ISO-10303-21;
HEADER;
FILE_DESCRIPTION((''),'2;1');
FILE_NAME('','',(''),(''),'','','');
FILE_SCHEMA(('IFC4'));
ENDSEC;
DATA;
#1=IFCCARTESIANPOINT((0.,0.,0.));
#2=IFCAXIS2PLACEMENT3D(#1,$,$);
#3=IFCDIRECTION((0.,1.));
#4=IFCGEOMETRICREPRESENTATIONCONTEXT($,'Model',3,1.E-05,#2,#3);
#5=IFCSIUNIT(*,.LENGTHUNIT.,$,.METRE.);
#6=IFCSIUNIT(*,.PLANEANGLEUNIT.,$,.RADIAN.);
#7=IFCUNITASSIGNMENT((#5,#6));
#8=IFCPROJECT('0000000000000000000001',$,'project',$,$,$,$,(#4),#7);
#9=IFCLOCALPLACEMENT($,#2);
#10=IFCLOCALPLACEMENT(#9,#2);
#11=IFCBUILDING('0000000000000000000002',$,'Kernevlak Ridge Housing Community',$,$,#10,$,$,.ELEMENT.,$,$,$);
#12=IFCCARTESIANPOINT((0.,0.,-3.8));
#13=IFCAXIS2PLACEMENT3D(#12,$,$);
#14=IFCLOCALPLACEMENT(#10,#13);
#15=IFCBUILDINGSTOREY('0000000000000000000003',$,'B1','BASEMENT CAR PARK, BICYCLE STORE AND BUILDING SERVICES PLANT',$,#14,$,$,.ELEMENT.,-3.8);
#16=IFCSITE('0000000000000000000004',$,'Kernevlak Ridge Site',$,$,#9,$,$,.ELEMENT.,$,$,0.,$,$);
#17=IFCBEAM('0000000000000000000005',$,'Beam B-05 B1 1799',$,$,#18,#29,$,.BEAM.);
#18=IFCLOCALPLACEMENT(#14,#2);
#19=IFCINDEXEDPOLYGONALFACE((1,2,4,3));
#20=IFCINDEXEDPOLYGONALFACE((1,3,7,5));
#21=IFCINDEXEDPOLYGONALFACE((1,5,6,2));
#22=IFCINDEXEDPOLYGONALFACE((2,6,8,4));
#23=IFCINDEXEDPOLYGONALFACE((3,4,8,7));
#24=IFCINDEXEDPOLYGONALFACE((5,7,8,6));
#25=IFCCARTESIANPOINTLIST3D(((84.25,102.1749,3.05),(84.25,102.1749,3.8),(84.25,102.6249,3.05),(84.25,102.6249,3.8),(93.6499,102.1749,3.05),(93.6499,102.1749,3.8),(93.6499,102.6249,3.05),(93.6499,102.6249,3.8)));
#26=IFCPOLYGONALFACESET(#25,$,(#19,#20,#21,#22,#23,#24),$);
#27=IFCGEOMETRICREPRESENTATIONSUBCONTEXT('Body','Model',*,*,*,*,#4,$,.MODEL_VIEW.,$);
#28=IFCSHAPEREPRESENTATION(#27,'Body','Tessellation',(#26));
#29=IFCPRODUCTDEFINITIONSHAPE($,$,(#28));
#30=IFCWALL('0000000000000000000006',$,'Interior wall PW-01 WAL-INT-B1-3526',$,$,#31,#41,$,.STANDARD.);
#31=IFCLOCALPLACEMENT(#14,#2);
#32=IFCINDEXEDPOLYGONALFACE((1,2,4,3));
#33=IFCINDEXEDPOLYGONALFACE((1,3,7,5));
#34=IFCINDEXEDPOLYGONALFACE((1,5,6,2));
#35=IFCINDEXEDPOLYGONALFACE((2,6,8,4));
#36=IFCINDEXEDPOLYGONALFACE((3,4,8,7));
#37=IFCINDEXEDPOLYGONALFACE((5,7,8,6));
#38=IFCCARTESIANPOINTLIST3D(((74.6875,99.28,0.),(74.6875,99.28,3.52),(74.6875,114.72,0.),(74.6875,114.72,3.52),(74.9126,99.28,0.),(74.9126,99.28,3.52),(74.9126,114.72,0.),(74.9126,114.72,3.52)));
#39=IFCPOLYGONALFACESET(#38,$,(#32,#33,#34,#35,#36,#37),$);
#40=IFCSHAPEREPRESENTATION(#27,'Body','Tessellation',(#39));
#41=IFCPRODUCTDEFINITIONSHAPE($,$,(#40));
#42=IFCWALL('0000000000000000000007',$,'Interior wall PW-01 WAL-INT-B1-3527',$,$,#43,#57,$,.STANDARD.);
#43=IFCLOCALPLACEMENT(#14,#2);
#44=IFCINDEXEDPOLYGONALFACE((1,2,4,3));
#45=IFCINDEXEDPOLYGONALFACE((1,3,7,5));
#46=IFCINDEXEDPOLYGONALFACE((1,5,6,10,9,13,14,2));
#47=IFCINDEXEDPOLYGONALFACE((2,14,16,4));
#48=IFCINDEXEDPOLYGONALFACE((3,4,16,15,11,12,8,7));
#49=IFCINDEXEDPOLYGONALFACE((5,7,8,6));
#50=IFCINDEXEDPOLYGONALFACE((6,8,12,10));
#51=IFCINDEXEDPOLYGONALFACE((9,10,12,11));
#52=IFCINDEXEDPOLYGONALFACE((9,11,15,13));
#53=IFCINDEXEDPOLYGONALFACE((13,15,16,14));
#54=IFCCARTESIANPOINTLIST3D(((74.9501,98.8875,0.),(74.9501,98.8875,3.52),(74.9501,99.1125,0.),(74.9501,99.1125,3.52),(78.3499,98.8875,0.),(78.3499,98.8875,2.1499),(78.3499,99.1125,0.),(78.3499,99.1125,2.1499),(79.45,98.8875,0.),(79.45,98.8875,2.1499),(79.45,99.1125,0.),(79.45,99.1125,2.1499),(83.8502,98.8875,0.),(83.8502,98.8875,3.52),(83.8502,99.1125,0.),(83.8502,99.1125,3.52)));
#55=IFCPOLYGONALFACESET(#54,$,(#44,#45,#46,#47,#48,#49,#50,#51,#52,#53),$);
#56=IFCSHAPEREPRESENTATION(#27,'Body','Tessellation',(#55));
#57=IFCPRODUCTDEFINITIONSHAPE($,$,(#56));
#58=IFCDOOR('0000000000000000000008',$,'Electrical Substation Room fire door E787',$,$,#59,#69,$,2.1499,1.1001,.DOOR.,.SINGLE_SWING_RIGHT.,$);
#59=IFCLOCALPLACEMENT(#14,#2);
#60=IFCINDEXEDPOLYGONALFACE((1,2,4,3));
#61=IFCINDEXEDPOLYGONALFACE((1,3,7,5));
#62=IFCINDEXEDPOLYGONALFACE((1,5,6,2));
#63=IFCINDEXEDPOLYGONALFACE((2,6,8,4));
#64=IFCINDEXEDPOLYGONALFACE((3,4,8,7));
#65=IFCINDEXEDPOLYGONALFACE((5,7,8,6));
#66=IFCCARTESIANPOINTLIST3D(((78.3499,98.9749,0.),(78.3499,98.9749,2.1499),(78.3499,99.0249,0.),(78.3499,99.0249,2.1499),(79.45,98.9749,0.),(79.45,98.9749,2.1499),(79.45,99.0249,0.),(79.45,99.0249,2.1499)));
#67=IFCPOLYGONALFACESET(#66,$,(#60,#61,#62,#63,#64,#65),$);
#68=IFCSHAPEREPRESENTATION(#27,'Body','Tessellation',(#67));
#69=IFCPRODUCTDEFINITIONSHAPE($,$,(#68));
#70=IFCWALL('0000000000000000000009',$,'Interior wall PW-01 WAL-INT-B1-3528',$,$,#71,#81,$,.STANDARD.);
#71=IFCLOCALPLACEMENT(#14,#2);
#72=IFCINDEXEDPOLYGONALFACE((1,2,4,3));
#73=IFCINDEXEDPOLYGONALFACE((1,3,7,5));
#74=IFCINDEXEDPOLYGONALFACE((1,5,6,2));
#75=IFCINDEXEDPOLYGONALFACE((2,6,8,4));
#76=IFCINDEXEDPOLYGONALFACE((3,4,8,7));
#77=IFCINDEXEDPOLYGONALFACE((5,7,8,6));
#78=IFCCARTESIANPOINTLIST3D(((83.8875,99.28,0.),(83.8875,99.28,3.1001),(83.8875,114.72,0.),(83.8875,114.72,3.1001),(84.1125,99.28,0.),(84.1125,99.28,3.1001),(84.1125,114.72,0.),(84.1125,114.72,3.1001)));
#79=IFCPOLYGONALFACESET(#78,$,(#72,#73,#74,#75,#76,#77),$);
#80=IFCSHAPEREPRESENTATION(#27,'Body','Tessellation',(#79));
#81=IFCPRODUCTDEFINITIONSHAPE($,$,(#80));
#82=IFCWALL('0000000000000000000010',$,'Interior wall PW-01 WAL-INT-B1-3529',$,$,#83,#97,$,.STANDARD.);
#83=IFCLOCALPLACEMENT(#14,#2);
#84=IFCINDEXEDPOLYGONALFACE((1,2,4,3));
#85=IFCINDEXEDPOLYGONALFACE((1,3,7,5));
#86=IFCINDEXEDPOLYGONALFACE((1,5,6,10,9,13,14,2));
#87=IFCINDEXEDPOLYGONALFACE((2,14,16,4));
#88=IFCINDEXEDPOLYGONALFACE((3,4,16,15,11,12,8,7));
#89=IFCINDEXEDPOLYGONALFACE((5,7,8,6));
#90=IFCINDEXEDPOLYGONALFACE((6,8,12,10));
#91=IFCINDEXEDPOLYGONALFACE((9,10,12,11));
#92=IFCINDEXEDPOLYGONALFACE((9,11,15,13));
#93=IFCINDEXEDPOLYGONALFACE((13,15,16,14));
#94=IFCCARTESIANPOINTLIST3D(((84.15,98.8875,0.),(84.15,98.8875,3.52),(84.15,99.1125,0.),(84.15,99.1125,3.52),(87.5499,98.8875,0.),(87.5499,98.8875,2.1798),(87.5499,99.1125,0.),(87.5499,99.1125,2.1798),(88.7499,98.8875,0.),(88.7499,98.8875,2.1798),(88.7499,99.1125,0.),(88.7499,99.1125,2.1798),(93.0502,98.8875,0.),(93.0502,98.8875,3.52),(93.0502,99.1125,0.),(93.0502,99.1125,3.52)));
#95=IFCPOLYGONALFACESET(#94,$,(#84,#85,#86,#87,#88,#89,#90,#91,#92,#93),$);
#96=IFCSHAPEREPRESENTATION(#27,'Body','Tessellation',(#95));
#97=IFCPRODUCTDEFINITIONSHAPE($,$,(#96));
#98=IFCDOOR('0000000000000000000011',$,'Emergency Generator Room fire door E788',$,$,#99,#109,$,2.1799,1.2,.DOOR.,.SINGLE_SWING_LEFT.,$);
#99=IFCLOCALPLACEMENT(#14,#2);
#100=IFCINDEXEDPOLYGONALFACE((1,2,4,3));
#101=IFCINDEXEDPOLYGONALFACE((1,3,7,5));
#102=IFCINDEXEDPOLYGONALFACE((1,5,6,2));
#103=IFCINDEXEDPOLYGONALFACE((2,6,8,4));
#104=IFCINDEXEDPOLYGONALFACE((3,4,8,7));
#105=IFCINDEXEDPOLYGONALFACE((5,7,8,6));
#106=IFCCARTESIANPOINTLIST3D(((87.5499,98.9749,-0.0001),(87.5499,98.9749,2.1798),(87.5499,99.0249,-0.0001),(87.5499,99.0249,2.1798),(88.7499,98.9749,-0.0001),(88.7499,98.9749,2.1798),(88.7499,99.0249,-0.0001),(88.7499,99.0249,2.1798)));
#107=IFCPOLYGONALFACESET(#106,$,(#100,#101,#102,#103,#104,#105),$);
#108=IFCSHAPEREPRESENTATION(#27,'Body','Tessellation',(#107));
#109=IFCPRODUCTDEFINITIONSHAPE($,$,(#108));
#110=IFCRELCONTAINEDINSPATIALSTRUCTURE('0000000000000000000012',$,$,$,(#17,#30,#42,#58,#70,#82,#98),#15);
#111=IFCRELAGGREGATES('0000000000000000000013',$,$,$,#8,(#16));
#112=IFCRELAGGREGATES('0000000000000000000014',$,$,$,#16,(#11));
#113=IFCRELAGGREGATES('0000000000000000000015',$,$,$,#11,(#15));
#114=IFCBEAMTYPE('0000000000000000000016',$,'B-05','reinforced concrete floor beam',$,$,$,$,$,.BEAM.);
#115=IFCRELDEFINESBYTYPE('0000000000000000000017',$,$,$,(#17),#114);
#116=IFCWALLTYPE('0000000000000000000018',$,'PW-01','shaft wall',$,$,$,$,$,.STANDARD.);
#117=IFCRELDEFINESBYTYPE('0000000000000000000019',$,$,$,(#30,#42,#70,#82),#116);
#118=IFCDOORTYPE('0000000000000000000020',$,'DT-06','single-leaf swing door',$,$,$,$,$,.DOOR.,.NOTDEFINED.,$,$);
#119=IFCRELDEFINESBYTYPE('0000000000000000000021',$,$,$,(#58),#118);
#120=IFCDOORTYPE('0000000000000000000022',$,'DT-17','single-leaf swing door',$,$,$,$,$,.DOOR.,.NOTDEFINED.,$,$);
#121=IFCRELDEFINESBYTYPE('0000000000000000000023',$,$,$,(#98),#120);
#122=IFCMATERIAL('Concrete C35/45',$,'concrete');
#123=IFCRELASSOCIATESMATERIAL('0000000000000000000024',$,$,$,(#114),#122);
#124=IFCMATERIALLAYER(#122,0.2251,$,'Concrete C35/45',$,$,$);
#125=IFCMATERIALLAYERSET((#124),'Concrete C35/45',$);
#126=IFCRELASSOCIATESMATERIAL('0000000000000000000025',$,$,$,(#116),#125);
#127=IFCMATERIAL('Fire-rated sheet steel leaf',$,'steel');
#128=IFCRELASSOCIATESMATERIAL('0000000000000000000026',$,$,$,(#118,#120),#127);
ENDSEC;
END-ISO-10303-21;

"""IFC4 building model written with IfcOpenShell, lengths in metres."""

from ifc_helpers import new_model, si_unit, direction, frame, frame_2d, origin, origin_2d, place, context, subcontext, project, spatial, rectangle, extrude, material, layer, layer_set, material_profile, profile_set, type_object, element, fill, save


model = new_model("IFC4")

# Units and contexts
model_context = context("Model", 3, precision=1e-05, world=origin(), true_north=direction((0.0, 1.0)))
body_context = subcontext(model_context, "Body", "Model", "MODEL_VIEW")
ifc_project = project(units=[si_unit("LENGTHUNIT", "METRE"), si_unit("PLANEANGLEUNIT", "RADIAN")], contexts=[model_context])

# Site, building, storey
site_placement = place(None, origin())
site = spatial("IfcSite", under=ifc_project, at=site_placement, Name="Kernevlak Ridge Site", CompositionType="ELEMENT", RefElevation=0.0)
building_placement = place(site_placement, origin())
building = spatial("IfcBuilding", under=site, at=building_placement, Name="Kernevlak Ridge Housing Community", CompositionType="ELEMENT")
storey_placement = place(building_placement, frame((0.0, 0.0, -3.8)))
storey = spatial("IfcBuildingStorey", under=building, at=storey_placement, Name="B1", Description="BASEMENT CAR PARK, BICYCLE STORE AND BUILDING SERVICES PLANT", CompositionType="ELEMENT", Elevation=-3.8)

# Shared definitions
ifc_material_1 = material(Name="Concrete C35/45", Category="concrete")

# Beam
ifc_material_profile_1 = material_profile(ifc_material_1, rectangle(XDim=0.45, YDim=0.75, at=origin_2d()), Name="RC 450x750")
ifc_profile_set_1 = profile_set([ifc_material_profile_1], Name="Concrete C35/45")
beam_type_1 = type_object("IfcBeamType", Name="B-05", Description="reinforced concrete floor beam", PredefinedType="BEAM", material=ifc_profile_set_1)
for number, where, z_axis, x_axis, name in (
    (1, (84.25, 102.3999, 3.425), (1.0, 0.0, 0.0), (0.0, 1.0, 0.0), "Beam B-05 B1 1799"),
):
    element("IfcBeam", number, at=place(storey_placement, frame(where, z_axis=z_axis, x_axis=x_axis)), inside=storey, type_object=beam_type_1, Name=name, PredefinedType="BEAM", context=body_context, shape_type="SweptSolid", body=[
        extrude(rectangle(XDim=0.45, YDim=0.75, at=origin_2d()), origin(), (0.0, 0.0, 1.0), 9.3999),
    ])

# Wall
ifc_layer = layer(ifc_material_1, 0.2251, Name="Concrete C35/45")
ifc_layer_set = layer_set([ifc_layer], Name="Concrete C35/45")
wall_type = type_object("IfcWallType", Name="PW-01", Description="shaft wall", PredefinedType="STANDARD", material=ifc_layer_set)
wall_1_placement = place(storey_placement, frame((74.8, 99.28, 0.0), z_axis=(0.0, 0.0, 1.0), x_axis=(0.0, 1.0, 0.0)))
element("IfcWall", 2, at=wall_1_placement, inside=storey, type_object=wall_type, Name="Interior wall PW-01 WAL-INT-B1-3526", PredefinedType="STANDARD", context=body_context, shape_type="SweptSolid", body=[
    extrude(rectangle(XDim=15.4399, YDim=0.2251, at=frame_2d((7.72, 0.0))), origin(), (0.0, 0.0, 1.0), 3.52),
])

# Wall, opening, door
wall_2_placement = place(storey_placement, frame((74.95, 99.0, 0.0), z_axis=(0.0, 0.0, 1.0), x_axis=(1.0, 0.0, 0.0)))
wall_2 = element("IfcWall", 3, at=wall_2_placement, inside=storey, type_object=wall_type, Name="Interior wall PW-01 WAL-INT-B1-3527", PredefinedType="STANDARD", context=body_context, shape_type="SweptSolid", body=[
    extrude(rectangle(XDim=8.9001, YDim=0.2251, at=frame_2d((4.4502, 0.0))), origin(), (0.0, 0.0, 1.0), 3.52),
])
opening_1_placement = place(wall_2_placement, frame((3.3999, 0.0, 0.0)))
opening_1 = element("IfcOpeningElement", 4, at=opening_1_placement, cuts=wall_2, PredefinedType="OPENING", context=body_context, shape_type="SweptSolid", body=[
    extrude(rectangle(XDim=1.1001, YDim=2.1499, at=frame_2d((0.55, 1.075))), frame((0.0, 0.1226, 0.0), z_axis=(0.0, -1.0, 0.0), x_axis=(1.0, 0.0, 0.0)), (0.0, 0.0, 1.0), 0.2451),
])
ifc_material_2 = material(Name="Fire-rated sheet steel leaf", Category="steel")
door_type_1 = type_object("IfcDoorType", Name="DT-06", Description="single-leaf swing door", OperationType="NOTDEFINED", PredefinedType="DOOR", material=ifc_material_2)
door_1_placement = place(opening_1_placement, origin())
door_1 = element("IfcDoor", 5, at=door_1_placement, inside=storey, type_object=door_type_1, Name="Electrical Substation Room fire door E787", OperationType="SINGLE_SWING_RIGHT", OverallHeight=2.1499, OverallWidth=1.1001, PredefinedType="DOOR", context=body_context, shape_type="SweptSolid", body=[
    extrude(rectangle(XDim=1.1001, YDim=2.1499, at=frame_2d((0.55, 1.075))), frame((0.0, 0.0249, 0.0), z_axis=(0.0, -1.0, 0.0), x_axis=(1.0, 0.0, 0.0)), (0.0, 0.0, 1.0), 0.05),
])
fill(opening_1, door_1)

# Wall
wall_3_placement = place(storey_placement, frame((84.0, 99.28, 0.0), z_axis=(0.0, 0.0, 1.0), x_axis=(0.0, 1.0, 0.0)))
element("IfcWall", 6, at=wall_3_placement, inside=storey, type_object=wall_type, Name="Interior wall PW-01 WAL-INT-B1-3528", PredefinedType="STANDARD", context=body_context, shape_type="SweptSolid", body=[
    extrude(rectangle(XDim=15.4399, YDim=0.2251, at=frame_2d((7.72, 0.0))), origin(), (0.0, 0.0, 1.0), 3.1001),
])

# Wall, opening, door
wall_4_placement = place(storey_placement, frame((84.1499, 99.0, 0.0), z_axis=(0.0, 0.0, 1.0), x_axis=(1.0, 0.0, 0.0)))
wall_4 = element("IfcWall", 7, at=wall_4_placement, inside=storey, type_object=wall_type, Name="Interior wall PW-01 WAL-INT-B1-3529", PredefinedType="STANDARD", context=body_context, shape_type="SweptSolid", body=[
    extrude(rectangle(XDim=8.9001, YDim=0.2251, at=frame_2d((4.4502, 0.0))), origin(), (0.0, 0.0, 1.0), 3.52),
])
opening_2_placement = place(wall_4_placement, frame((3.3999, 0.0, 0.0)))
opening_2 = element("IfcOpeningElement", 8, at=opening_2_placement, cuts=wall_4, PredefinedType="OPENING", context=body_context, shape_type="SweptSolid", body=[
    extrude(rectangle(XDim=1.2, YDim=2.1799, at=frame_2d((0.6001, 1.0898))), frame((0.0, 0.1226, 0.0), z_axis=(0.0, -1.0, 0.0), x_axis=(1.0, 0.0, 0.0)), (0.0, 0.0, 1.0), 0.2451),
])
door_type_2 = type_object("IfcDoorType", Name="DT-17", Description="single-leaf swing door", OperationType="NOTDEFINED", PredefinedType="DOOR", material=ifc_material_2)
door_2_placement = place(opening_2_placement, origin())
door_2 = element("IfcDoor", 9, at=door_2_placement, inside=storey, type_object=door_type_2, Name="Emergency Generator Room fire door E788", OperationType="SINGLE_SWING_LEFT", OverallHeight=2.1799, OverallWidth=1.2, PredefinedType="DOOR", context=body_context, shape_type="SweptSolid", body=[
    extrude(rectangle(XDim=1.2, YDim=2.1799, at=frame_2d((0.6001, 1.0898))), frame((0.0, 0.0249, 0.0), z_axis=(0.0, -1.0, 0.0), x_axis=(1.0, 0.0, 0.0)), (0.0, 0.0, 1.0), 0.05),
])
fill(opening_2, door_2)

save(model, "model.ifc")
